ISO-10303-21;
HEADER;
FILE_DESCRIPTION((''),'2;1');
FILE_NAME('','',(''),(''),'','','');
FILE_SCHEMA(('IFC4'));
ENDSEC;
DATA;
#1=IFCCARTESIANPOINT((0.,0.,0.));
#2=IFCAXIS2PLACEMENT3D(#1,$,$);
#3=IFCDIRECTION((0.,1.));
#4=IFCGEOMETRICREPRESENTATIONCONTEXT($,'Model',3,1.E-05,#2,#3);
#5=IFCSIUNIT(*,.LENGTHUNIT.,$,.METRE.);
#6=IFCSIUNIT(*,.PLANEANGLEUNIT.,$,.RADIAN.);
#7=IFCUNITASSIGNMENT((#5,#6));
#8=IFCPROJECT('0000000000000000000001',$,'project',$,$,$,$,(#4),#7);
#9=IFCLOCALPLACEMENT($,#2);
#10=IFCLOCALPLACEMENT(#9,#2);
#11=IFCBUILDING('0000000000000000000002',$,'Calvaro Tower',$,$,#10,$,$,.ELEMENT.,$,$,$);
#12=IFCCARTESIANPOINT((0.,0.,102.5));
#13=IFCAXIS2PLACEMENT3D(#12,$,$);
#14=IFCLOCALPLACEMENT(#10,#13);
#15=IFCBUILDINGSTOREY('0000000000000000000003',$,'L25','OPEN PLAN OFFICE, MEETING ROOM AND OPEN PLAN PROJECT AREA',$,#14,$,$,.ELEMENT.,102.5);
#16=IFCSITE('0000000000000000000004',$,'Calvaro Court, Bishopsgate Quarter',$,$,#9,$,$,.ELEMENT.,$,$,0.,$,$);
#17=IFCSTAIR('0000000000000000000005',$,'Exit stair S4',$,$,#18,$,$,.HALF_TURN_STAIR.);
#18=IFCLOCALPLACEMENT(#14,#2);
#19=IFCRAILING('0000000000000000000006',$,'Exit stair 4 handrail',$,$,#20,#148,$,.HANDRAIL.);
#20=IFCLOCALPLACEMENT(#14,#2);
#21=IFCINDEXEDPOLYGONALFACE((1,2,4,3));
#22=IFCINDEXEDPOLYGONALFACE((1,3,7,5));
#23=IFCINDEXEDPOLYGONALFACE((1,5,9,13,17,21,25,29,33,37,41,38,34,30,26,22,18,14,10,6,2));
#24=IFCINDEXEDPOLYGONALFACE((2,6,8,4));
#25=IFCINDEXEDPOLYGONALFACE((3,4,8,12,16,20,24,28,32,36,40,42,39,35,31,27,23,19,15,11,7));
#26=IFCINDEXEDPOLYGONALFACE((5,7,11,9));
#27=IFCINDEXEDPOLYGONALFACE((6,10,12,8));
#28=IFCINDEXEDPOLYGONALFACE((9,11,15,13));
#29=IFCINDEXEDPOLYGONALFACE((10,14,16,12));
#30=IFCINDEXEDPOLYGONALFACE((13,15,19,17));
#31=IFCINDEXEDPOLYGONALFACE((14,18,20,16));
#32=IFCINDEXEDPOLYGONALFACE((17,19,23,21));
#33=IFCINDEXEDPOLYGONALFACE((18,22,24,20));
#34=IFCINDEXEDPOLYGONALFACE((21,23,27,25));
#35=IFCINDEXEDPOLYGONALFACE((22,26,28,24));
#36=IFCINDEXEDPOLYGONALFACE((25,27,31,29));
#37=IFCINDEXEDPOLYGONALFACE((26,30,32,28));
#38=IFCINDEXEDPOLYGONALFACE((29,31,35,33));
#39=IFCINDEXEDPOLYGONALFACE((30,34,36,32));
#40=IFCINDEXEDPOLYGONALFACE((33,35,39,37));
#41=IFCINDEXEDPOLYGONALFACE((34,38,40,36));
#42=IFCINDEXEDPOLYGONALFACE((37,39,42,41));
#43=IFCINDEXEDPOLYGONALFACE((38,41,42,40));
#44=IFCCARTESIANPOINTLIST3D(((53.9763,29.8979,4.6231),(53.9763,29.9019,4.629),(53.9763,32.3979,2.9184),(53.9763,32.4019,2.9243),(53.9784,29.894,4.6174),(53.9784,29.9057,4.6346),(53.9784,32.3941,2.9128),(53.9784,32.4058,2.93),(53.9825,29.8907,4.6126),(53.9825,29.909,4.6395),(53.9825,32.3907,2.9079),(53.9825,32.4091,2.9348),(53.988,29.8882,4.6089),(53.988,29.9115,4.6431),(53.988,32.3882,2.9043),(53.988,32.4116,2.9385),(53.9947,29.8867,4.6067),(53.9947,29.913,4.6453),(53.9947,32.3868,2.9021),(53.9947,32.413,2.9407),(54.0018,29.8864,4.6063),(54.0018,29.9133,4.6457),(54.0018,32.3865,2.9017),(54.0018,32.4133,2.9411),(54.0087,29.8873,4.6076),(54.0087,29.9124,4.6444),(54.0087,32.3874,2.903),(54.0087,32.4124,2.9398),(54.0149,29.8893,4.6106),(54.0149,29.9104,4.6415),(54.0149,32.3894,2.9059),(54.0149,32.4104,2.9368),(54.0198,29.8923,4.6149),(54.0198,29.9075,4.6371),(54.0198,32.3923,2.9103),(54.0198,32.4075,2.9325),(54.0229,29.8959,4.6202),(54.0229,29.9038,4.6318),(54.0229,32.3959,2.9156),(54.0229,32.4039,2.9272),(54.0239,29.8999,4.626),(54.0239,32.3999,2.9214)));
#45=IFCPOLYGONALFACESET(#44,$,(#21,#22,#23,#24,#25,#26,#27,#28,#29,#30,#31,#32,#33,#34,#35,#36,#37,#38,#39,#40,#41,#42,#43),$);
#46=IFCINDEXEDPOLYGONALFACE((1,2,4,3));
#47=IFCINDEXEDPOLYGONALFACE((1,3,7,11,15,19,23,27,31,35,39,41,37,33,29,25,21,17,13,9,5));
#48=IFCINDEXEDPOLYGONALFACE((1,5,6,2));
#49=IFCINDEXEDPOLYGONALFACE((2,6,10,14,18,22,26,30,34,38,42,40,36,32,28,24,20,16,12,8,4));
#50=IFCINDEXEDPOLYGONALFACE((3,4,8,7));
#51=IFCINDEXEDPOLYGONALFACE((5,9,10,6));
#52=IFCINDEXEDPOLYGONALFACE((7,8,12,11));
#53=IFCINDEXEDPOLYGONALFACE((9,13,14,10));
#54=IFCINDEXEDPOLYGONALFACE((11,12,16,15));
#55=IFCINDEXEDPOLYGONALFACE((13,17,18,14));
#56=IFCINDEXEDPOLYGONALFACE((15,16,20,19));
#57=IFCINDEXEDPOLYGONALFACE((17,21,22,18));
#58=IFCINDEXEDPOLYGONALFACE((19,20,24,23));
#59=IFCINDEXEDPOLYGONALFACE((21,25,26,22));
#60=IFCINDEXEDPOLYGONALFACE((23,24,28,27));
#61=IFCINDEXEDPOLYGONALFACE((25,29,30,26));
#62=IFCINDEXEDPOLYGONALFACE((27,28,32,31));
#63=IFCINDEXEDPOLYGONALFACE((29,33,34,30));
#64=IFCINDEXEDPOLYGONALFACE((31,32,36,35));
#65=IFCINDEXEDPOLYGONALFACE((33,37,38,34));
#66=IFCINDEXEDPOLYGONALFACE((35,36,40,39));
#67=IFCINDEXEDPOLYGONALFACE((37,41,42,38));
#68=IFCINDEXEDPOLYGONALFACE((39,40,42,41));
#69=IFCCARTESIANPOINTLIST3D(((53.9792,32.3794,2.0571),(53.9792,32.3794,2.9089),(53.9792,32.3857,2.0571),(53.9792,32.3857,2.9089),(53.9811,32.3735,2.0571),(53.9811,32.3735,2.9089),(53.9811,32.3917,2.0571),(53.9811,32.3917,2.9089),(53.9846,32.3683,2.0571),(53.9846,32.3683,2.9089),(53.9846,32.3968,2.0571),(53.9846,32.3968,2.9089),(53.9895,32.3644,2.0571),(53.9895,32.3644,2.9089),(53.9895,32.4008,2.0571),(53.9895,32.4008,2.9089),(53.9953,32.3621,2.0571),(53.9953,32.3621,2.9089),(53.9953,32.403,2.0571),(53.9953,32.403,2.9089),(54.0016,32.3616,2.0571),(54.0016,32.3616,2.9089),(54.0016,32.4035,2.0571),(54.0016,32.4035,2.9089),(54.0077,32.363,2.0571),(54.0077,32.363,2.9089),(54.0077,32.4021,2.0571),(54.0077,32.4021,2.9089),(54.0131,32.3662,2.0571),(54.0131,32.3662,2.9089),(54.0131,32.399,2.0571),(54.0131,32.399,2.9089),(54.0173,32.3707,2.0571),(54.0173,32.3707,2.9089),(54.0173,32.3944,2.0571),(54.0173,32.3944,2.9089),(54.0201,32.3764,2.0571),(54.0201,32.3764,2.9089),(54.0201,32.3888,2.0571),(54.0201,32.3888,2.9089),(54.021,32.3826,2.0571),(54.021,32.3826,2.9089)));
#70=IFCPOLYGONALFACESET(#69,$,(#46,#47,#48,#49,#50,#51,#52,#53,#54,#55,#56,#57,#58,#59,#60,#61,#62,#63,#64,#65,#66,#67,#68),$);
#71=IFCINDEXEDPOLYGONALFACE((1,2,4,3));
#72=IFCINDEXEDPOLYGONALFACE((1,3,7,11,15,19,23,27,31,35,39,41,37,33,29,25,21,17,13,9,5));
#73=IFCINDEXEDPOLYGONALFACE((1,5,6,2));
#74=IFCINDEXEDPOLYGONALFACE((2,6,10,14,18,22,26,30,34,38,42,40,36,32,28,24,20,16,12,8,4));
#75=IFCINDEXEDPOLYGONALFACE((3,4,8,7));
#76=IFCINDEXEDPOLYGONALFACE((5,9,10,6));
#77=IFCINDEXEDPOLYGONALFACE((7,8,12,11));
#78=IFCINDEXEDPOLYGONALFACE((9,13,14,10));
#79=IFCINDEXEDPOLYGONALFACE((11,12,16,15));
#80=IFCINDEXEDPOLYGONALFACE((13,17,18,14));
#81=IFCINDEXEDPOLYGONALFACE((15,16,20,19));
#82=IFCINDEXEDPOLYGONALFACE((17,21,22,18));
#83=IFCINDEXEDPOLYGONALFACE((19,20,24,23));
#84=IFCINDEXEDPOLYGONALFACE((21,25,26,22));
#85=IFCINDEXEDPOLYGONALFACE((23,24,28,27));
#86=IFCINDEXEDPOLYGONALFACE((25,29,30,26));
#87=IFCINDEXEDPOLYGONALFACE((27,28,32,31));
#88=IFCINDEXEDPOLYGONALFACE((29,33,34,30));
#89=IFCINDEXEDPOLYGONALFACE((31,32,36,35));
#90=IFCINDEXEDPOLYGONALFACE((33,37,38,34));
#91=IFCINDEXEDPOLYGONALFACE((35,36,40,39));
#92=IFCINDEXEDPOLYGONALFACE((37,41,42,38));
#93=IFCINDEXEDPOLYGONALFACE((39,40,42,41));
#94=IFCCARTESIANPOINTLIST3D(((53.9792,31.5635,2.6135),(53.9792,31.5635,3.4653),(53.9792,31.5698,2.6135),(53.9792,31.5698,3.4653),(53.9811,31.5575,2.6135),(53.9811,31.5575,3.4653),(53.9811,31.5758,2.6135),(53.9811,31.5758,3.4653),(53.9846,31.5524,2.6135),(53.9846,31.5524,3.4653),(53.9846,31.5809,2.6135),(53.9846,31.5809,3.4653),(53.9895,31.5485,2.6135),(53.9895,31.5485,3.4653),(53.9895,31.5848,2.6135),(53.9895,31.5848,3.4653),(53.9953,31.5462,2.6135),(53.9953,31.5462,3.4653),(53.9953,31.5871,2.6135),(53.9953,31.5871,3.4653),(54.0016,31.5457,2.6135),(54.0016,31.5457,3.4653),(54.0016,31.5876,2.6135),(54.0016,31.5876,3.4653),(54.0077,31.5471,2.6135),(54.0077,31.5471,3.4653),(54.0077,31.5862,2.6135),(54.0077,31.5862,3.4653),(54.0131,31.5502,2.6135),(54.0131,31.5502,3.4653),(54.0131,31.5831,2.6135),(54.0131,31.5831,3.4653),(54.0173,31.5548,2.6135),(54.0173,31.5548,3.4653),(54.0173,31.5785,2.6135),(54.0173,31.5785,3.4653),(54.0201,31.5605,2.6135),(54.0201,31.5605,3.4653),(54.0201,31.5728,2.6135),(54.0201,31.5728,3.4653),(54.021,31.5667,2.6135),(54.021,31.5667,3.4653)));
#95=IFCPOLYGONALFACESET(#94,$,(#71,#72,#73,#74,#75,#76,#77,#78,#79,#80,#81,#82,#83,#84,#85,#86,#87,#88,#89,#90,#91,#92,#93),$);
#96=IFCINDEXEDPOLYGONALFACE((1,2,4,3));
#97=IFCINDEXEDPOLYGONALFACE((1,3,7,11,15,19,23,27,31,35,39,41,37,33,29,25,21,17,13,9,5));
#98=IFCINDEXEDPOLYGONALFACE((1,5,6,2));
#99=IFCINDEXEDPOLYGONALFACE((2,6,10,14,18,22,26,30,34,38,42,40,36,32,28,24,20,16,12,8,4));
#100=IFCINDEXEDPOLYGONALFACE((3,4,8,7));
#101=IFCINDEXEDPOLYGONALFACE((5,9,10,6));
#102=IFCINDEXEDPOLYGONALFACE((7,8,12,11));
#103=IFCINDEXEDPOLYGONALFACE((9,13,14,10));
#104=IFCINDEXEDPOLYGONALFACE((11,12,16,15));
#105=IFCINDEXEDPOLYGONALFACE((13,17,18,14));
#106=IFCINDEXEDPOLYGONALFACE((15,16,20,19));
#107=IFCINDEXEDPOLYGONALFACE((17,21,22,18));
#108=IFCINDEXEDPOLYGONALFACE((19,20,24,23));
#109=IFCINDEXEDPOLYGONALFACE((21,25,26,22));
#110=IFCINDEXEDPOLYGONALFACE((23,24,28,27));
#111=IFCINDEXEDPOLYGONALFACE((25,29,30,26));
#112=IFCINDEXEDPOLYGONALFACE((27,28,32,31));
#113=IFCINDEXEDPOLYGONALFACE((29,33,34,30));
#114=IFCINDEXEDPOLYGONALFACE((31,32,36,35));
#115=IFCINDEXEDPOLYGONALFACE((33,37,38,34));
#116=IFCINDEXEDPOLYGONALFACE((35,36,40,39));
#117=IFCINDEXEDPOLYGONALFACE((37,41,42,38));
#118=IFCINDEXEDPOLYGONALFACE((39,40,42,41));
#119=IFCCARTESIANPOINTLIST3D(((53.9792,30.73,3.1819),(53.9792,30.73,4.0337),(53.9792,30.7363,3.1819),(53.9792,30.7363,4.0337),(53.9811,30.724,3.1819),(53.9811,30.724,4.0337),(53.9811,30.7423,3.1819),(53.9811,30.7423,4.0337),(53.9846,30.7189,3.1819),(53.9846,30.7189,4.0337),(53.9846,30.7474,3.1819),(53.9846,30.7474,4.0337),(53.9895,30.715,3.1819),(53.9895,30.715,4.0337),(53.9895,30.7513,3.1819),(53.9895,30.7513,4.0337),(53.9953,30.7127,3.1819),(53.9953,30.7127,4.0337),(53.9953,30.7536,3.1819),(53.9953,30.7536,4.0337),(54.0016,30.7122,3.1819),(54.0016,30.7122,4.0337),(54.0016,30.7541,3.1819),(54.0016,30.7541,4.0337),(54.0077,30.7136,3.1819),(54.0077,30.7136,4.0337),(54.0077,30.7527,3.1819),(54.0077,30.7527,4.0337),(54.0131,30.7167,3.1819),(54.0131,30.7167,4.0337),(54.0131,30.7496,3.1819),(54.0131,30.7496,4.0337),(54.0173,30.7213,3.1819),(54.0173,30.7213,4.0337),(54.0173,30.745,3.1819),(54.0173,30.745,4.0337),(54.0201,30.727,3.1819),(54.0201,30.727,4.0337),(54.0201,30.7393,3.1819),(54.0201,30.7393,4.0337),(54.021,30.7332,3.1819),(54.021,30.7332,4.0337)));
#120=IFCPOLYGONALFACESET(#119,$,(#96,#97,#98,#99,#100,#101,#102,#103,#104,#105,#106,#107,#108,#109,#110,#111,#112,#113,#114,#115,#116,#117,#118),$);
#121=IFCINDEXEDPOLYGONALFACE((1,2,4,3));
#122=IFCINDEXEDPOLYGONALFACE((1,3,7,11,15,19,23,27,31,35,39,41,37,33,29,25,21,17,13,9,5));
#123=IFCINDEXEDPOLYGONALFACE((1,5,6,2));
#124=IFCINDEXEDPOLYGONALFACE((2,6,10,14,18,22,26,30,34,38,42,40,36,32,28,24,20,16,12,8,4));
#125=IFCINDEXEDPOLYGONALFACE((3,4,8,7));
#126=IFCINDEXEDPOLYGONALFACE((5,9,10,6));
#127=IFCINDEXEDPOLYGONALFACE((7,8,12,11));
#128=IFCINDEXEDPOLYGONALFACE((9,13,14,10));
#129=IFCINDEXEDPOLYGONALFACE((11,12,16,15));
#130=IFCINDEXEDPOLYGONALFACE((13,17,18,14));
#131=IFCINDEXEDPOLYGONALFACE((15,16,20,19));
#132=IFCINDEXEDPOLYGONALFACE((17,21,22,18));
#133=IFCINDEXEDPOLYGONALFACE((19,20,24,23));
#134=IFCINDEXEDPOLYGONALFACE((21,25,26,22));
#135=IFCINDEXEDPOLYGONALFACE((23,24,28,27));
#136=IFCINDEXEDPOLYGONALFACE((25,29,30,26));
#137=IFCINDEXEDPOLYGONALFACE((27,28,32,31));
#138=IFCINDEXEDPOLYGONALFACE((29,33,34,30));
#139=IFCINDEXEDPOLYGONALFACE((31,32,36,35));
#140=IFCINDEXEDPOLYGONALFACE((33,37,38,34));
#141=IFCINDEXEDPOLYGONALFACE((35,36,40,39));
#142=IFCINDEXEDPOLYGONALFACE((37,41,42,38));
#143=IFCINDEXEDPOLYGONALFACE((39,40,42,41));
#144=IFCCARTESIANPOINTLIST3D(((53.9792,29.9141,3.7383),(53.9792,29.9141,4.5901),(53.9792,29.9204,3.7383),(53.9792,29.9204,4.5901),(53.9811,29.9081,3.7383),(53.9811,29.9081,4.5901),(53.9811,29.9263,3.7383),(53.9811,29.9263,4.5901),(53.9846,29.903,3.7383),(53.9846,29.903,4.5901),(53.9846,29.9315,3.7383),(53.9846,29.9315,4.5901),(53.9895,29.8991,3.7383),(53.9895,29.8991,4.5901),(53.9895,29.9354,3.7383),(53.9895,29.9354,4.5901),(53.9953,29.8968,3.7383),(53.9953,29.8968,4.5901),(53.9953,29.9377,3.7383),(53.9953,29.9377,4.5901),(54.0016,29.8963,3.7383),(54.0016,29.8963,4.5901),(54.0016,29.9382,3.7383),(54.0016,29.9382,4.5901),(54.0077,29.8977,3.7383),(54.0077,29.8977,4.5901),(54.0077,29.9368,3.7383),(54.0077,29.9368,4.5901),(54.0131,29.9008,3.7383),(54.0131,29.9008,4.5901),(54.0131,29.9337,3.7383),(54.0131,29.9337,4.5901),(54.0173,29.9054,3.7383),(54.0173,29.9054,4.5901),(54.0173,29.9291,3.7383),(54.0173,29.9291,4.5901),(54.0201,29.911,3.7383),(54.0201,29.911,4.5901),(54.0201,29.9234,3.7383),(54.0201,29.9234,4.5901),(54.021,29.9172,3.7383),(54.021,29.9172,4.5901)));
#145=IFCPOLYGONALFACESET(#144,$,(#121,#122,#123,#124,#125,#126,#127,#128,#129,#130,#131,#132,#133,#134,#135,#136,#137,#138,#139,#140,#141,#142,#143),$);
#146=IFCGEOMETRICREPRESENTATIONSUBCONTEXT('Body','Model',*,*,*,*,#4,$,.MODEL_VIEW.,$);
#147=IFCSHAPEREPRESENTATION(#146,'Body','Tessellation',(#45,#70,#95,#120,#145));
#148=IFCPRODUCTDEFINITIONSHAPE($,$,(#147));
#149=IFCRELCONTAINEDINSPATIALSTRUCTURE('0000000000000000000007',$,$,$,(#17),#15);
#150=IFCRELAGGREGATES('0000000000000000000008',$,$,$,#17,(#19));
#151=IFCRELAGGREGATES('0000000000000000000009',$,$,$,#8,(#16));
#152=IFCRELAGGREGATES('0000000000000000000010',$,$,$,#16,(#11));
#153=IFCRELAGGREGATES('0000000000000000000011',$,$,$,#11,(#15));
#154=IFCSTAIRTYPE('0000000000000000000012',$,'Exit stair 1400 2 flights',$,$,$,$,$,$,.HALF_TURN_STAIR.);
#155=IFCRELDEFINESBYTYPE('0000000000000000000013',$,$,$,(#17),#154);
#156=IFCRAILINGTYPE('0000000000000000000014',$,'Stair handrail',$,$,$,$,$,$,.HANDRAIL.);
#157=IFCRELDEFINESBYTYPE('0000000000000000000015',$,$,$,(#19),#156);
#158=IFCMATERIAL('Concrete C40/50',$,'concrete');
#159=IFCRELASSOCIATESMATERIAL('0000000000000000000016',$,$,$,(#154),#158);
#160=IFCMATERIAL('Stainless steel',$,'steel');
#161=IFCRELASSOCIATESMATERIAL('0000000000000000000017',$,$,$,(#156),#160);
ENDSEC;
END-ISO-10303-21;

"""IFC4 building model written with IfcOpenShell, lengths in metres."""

from ifc_helpers import new_model, si_unit, direction, frame, origin, origin_2d, place, context, subcontext, project, spatial, circle, extrude, material, type_object, element, aggregate, save


model = new_model("IFC4")

# Units and contexts
model_context = context("Model", 3, precision=1e-05, world=origin(), true_north=direction((0.0, 1.0)))
body_context = subcontext(model_context, "Body", "Model", "MODEL_VIEW")
ifc_project = project(units=[si_unit("LENGTHUNIT", "METRE"), si_unit("PLANEANGLEUNIT", "RADIAN")], contexts=[model_context])

# Site, building, storey
site_placement = place(None, origin())
site = spatial("IfcSite", under=ifc_project, at=site_placement, Name="Calvaro Court, Bishopsgate Quarter", CompositionType="ELEMENT", RefElevation=0.0)
building_placement = place(site_placement, origin())
building = spatial("IfcBuilding", under=site, at=building_placement, Name="Calvaro Tower", CompositionType="ELEMENT")
storey_placement = place(building_placement, frame((0.0, 0.0, 102.5)))
storey = spatial("IfcBuildingStorey", under=building, at=storey_placement, Name="L25", Description="OPEN PLAN OFFICE, MEETING ROOM AND OPEN PLAN PROJECT AREA", CompositionType="ELEMENT", Elevation=102.5)

# Shared definitions
ifc_material_1 = material(Name="Concrete C40/50", Category="concrete")
stair_type = type_object("IfcStairType", Name="Exit stair 1400 2 flights", PredefinedType="HALF_TURN_STAIR", material=ifc_material_1)

# Stair, railing
stair_1_placement = place(storey_placement, origin())
stair_1 = element("IfcStair", 1, at=stair_1_placement, inside=storey, type_object=stair_type, Name="Exit stair S4", PredefinedType="HALF_TURN_STAIR")
ifc_material_2 = material(Name="Stainless steel", Category="steel")
railing_type = type_object("IfcRailingType", Name="Stair handrail", PredefinedType="HANDRAIL", material=ifc_material_2)
railing_1_placement = place(storey_placement, frame((54.0, 32.3999, 2.0454)))
railing_1 = element("IfcRailing", 2, at=railing_1_placement, type_object=railing_type, Name="Exit stair 4 handrail", PredefinedType="HANDRAIL", context=body_context, shape_type="SweptSolid", body=[
    extrude(circle(Radius=0.0239, at=origin_2d()), frame((0.0, 0.0, 0.876), z_axis=(0.0, -0.826221, 0.563347), x_axis=(1.0, 0.0, 0.0)), (0.0, 0.0, 1.0), 3.0259),
    extrude(circle(Radius=0.021, at=origin_2d()), frame((0.0, -0.0173, 0.0117)), (0.0, 0.0, 1.0), 0.8518),
    extrude(circle(Radius=0.021, at=origin_2d()), frame((0.0, -0.8333, 0.5681)), (0.0, 0.0, 1.0), 0.8518),
    extrude(circle(Radius=0.021, at=origin_2d()), frame((0.0, -1.6667, 1.1365)), (0.0, 0.0, 1.0), 0.8518),
    extrude(circle(Radius=0.021, at=origin_2d()), frame((0.0, -2.4827, 1.6929)), (0.0, 0.0, 1.0), 0.8518),
])
aggregate(stair_1, [railing_1])

save(model, "model.ifc")
